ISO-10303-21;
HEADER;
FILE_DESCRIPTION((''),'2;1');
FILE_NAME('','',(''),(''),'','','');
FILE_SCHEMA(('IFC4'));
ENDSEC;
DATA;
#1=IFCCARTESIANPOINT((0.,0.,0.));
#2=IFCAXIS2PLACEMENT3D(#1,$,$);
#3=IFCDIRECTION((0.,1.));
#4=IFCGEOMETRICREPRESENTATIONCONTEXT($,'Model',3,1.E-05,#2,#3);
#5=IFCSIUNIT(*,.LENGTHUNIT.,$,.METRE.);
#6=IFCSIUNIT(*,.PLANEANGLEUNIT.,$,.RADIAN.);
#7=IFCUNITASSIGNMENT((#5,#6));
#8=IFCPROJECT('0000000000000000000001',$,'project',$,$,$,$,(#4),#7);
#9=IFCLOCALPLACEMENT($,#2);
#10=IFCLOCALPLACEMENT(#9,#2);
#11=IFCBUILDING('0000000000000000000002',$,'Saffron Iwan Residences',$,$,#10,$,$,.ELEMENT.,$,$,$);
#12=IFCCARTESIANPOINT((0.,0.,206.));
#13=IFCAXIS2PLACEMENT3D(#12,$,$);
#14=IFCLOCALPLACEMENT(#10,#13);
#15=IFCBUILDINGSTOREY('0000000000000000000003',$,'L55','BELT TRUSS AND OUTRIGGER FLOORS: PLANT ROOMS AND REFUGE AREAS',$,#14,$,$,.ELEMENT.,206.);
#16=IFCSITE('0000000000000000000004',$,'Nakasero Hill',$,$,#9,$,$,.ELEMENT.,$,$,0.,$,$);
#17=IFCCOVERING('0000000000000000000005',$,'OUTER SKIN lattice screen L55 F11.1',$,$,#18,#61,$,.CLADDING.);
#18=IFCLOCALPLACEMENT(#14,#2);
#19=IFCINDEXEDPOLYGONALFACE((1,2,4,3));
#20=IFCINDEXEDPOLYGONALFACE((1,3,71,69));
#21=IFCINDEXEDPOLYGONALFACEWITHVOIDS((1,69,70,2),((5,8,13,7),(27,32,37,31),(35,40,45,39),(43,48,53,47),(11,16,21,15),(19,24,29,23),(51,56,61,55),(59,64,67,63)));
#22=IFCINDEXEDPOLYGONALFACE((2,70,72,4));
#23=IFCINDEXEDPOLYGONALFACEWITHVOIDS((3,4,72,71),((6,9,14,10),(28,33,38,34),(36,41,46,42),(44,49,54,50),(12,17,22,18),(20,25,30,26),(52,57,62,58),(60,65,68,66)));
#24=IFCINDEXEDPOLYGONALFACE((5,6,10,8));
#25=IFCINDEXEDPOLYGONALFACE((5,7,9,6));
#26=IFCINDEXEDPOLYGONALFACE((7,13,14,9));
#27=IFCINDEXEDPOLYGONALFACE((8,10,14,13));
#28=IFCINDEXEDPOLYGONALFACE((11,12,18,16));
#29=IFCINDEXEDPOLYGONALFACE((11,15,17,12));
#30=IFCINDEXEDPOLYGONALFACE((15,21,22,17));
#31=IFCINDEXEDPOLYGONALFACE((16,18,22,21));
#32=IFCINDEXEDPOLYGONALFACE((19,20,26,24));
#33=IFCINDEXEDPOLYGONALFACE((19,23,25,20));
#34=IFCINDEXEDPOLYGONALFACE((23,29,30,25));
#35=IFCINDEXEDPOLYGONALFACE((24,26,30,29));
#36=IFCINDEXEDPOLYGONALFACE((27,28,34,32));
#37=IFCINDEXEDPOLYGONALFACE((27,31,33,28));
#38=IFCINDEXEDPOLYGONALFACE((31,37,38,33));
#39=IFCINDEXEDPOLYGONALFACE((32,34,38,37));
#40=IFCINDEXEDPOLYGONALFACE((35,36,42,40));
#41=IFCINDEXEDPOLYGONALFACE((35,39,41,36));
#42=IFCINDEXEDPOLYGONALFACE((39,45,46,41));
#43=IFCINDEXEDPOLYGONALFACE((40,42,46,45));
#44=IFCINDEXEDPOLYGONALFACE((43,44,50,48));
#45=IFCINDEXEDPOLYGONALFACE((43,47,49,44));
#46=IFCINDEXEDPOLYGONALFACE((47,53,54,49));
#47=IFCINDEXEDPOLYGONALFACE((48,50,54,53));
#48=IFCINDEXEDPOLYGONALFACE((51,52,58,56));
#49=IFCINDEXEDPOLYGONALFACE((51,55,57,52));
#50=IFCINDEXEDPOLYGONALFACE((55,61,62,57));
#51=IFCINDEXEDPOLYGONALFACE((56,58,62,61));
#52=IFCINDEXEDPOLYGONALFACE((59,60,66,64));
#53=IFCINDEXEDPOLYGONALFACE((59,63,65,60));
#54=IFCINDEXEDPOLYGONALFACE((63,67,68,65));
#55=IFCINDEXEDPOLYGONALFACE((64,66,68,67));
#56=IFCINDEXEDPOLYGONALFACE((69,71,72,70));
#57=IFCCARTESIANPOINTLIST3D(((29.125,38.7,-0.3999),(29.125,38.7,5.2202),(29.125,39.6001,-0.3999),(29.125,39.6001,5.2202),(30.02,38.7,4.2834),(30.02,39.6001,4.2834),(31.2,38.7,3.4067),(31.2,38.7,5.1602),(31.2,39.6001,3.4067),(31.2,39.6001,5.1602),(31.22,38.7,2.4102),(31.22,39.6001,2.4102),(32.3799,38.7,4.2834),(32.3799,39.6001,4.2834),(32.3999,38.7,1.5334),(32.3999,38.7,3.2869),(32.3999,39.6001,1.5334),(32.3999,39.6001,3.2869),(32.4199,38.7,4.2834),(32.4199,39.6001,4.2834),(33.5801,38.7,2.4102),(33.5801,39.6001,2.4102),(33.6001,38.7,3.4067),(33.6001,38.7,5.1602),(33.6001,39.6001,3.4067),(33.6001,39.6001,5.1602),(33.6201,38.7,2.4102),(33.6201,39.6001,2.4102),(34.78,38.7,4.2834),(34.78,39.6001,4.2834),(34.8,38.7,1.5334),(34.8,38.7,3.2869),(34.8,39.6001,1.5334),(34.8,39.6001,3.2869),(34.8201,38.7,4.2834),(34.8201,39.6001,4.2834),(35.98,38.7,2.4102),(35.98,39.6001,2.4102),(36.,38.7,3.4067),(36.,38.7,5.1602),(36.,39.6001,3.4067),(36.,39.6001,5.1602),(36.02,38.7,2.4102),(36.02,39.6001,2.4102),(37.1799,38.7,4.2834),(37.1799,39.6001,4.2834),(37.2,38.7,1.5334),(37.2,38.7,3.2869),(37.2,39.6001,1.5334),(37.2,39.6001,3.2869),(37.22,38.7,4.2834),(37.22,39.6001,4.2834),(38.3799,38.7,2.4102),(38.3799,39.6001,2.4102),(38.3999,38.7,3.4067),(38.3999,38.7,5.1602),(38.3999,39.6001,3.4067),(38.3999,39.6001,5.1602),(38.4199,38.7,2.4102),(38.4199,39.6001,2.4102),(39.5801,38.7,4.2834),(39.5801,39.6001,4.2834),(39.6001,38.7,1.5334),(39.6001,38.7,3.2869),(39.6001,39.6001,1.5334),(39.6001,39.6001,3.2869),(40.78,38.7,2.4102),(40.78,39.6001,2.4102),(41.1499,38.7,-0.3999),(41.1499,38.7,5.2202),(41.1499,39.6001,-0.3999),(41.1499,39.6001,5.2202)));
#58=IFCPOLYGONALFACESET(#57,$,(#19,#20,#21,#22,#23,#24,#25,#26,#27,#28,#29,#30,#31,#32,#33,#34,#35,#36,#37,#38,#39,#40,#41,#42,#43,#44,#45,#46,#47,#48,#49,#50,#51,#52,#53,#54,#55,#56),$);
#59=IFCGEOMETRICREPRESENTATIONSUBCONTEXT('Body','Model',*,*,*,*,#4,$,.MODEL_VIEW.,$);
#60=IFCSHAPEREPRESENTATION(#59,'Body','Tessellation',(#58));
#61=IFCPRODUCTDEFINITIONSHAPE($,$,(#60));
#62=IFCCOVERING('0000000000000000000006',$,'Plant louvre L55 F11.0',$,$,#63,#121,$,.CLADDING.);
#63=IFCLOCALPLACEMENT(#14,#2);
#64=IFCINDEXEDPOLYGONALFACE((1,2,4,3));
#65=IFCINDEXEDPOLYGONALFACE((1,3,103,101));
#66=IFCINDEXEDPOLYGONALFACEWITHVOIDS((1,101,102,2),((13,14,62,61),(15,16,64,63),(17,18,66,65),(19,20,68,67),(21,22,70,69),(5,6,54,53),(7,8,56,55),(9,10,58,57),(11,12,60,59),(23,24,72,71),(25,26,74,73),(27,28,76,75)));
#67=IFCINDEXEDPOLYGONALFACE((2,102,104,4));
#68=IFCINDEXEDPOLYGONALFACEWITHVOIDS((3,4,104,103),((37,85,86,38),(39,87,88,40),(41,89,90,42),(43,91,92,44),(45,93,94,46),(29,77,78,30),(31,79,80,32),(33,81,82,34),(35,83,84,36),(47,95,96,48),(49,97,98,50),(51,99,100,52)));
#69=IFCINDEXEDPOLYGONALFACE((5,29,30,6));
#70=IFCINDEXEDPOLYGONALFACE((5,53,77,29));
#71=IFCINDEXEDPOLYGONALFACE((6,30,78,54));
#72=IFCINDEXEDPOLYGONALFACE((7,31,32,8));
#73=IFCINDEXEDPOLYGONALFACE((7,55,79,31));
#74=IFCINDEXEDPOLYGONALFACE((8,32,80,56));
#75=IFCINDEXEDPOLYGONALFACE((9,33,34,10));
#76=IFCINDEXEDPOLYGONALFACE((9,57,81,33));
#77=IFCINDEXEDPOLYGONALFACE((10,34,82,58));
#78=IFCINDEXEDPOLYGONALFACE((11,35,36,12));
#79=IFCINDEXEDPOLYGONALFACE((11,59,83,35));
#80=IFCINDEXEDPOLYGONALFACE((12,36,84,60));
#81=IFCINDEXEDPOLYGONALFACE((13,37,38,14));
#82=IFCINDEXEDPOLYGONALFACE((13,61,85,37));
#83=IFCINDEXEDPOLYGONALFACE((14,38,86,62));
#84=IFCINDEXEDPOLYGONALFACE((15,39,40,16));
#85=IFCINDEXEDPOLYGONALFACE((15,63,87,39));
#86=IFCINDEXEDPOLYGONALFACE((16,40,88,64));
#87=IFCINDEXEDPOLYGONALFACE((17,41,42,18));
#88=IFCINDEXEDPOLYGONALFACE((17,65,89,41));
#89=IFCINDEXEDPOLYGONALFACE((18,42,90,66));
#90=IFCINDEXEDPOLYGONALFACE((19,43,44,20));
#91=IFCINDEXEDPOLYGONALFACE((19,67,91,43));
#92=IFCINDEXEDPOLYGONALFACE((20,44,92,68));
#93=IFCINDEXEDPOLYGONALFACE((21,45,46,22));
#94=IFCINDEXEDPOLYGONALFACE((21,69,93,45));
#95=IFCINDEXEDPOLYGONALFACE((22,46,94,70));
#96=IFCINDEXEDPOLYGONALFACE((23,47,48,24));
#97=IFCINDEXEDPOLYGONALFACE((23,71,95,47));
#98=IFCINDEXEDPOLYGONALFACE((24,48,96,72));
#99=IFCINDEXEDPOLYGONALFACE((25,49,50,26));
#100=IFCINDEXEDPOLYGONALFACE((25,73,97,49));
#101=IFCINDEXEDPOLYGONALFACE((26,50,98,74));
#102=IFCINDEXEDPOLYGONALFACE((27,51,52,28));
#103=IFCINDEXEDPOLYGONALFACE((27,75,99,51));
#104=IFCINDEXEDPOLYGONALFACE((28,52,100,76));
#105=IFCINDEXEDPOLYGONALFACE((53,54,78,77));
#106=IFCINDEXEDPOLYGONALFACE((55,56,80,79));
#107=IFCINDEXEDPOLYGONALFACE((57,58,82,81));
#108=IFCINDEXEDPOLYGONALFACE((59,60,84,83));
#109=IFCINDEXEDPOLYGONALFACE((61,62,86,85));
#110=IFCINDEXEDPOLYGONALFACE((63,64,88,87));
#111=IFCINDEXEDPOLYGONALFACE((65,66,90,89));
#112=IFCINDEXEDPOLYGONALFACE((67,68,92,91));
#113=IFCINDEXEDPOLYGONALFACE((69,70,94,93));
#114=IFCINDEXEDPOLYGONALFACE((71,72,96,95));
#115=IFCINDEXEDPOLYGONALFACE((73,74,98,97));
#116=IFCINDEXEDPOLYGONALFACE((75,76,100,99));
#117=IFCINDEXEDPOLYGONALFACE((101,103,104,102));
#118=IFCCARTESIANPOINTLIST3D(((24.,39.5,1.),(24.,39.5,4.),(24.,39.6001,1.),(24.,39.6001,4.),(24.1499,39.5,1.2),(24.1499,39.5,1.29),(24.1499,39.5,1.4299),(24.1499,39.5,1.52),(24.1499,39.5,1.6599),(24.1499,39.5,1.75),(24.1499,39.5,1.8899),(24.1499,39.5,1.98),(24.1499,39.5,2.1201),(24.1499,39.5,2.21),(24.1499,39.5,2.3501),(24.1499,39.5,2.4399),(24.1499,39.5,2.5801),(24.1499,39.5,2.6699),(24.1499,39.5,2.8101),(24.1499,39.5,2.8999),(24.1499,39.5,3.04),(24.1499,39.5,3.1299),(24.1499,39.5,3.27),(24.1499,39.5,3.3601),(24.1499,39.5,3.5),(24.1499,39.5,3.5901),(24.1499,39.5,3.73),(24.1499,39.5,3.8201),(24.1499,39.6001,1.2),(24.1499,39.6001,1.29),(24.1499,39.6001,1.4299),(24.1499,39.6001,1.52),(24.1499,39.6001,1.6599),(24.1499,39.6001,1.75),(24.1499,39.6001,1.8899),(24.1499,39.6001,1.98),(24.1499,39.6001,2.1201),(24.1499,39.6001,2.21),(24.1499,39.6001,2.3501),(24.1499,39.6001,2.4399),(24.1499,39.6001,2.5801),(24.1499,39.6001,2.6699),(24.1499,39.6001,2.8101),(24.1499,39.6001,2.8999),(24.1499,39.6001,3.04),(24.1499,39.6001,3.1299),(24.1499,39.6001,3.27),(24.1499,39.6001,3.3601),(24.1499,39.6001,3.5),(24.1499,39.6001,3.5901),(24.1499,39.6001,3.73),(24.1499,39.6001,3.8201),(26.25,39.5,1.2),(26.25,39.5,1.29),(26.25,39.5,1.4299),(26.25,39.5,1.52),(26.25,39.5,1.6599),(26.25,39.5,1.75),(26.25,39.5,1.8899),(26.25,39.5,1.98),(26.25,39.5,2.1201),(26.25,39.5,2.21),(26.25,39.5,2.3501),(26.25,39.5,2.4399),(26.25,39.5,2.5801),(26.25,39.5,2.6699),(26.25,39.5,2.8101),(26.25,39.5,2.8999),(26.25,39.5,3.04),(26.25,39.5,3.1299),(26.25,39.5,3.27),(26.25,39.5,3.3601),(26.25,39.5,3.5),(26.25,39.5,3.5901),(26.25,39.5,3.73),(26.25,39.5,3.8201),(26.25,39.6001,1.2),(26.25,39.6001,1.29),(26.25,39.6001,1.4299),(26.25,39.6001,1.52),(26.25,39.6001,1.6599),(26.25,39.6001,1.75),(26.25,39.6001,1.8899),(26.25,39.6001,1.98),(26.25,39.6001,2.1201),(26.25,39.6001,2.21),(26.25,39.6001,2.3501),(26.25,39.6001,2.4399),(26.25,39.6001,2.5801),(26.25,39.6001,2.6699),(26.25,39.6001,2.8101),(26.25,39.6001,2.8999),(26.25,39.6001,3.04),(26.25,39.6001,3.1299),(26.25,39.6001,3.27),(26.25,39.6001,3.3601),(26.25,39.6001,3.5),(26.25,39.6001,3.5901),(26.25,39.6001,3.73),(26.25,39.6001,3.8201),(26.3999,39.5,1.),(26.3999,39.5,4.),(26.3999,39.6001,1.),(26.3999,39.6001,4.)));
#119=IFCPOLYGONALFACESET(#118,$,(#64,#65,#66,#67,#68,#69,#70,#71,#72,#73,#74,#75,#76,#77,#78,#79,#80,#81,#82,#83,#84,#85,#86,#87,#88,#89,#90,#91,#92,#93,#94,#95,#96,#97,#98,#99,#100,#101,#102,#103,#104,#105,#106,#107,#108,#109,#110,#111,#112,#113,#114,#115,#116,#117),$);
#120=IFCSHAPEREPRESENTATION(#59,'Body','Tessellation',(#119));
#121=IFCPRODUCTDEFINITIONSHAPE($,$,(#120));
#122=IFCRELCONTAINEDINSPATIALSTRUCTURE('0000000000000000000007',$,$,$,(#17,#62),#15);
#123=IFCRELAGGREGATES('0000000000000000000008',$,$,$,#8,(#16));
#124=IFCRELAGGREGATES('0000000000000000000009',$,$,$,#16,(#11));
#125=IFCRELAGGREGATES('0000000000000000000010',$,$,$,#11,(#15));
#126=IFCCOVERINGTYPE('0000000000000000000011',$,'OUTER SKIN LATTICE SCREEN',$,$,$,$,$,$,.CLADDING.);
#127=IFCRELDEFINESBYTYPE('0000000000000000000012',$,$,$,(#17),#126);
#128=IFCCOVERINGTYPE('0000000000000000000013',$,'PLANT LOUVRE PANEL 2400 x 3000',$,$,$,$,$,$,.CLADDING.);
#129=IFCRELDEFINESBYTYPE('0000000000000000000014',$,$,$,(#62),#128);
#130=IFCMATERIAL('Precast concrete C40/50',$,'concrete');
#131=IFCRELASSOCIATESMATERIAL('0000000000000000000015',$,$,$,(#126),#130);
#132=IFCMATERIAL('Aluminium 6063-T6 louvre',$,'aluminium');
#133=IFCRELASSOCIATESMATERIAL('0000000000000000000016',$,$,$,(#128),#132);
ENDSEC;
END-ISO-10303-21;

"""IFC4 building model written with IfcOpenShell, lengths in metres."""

from ifc_helpers import new_model, si_unit, direction, frame, origin, place, context, subcontext, project, spatial, polyline, outline, extrude, material, type_object, element, save


model = new_model("IFC4")

# Units and contexts
model_context = context("Model", 3, precision=1e-05, world=origin(), true_north=direction((0.0, 1.0)))
body_context = subcontext(model_context, "Body", "Model", "MODEL_VIEW")
ifc_project = project(units=[si_unit("LENGTHUNIT", "METRE"), si_unit("PLANEANGLEUNIT", "RADIAN")], contexts=[model_context])

# Site, building, storey
site_placement = place(None, origin())
site = spatial("IfcSite", under=ifc_project, at=site_placement, Name="Nakasero Hill", CompositionType="ELEMENT", RefElevation=0.0)
building_placement = place(site_placement, origin())
building = spatial("IfcBuilding", under=site, at=building_placement, Name="Saffron Iwan Residences", CompositionType="ELEMENT")
storey_placement = place(building_placement, frame((0.0, 0.0, 206.0)))
storey = spatial("IfcBuildingStorey", under=building, at=storey_placement, Name="L55", Description="BELT TRUSS AND OUTRIGGER FLOORS: PLANT ROOMS AND REFUGE AREAS", CompositionType="ELEMENT", Elevation=206.0)

# Coverings
ifc_material_1 = material(Name="Precast concrete C40/50", Category="concrete")
covering_type_1 = type_object("IfcCoveringType", Name="OUTER SKIN LATTICE SCREEN", PredefinedType="CLADDING", material=ifc_material_1)
covering_1_placement = place(storey_placement, frame((29.125, 39.6001, -0.3999), z_axis=(0.0, -1.0, 0.0), x_axis=(1.0, 0.0, 0.0)))
element("IfcCovering", 1, at=covering_1_placement, inside=storey, type_object=covering_type_1, Name="OUTER SKIN lattice screen L55 F11.1", PredefinedType="CLADDING", context=body_context, shape_type="SweptSolid", body=[
    extrude(outline(polyline([(0.0, 0.0), (12.0249, 0.0), (12.0249, 5.6201), (0.0, 5.6201), (0.0, 0.0)]), holes=[polyline([(2.095, 2.8101), (3.2749, 1.9333), (4.4551, 2.8101), (3.2749, 3.6868), (2.095, 2.8101)]), polyline([(4.4951, 2.8101), (5.675, 1.9333), (6.855, 2.8101), (5.675, 3.6868), (4.4951, 2.8101)]), polyline([(6.895, 2.8101), (8.075, 1.9333), (9.2549, 2.8101), (8.075, 3.6868), (6.895, 2.8101)]), polyline([(9.2949, 2.8101), (10.4751, 1.9333), (11.655, 2.8101), (10.4751, 3.6868), (9.2949, 2.8101)]), polyline([(0.895, 4.6833), (2.075, 3.8066), (3.2549, 4.6833), (2.075, 5.5601), (0.895, 4.6833)]), polyline([(3.2949, 4.6833), (4.4751, 3.8066), (5.655, 4.6833), (4.4751, 5.5601), (3.2949, 4.6833)]), polyline([(5.6951, 4.6833), (6.875, 3.8066), (8.0549, 4.6833), (6.875, 5.5601), (5.6951, 4.6833)]), polyline([(8.095, 4.6833), (9.2749, 3.8066), (10.4551, 4.6833), (9.2749, 5.5601), (8.095, 4.6833)])]), origin(), (0.0, 0.0, 1.0), 0.9001),
])
ifc_material_2 = material(Name="Aluminium 6063-T6 louvre", Category="aluminium")
covering_type_2 = type_object("IfcCoveringType", Name="PLANT LOUVRE PANEL 2400 x 3000", PredefinedType="CLADDING", material=ifc_material_2)
covering_2_placement = place(storey_placement, frame((24.0, 39.6001, 1.0), z_axis=(0.0, -1.0, 0.0), x_axis=(1.0, 0.0, 0.0)))
element("IfcCovering", 2, at=covering_2_placement, inside=storey, type_object=covering_type_2, Name="Plant louvre L55 F11.0", PredefinedType="CLADDING", context=body_context, shape_type="SweptSolid", body=[
    extrude(outline(polyline([(0.0, 0.0), (2.3999, 0.0), (2.3999, 3.0), (0.0, 3.0), (0.0, 0.0)]), holes=[polyline([(0.1499, 0.2), (2.25, 0.2), (2.25, 0.29), (0.1499, 0.29), (0.1499, 0.2)]), polyline([(0.1499, 0.4299), (2.25, 0.4299), (2.25, 0.52), (0.1499, 0.52), (0.1499, 0.4299)]), polyline([(0.1499, 0.6599), (2.25, 0.6599), (2.25, 0.75), (0.1499, 0.75), (0.1499, 0.6599)]), polyline([(0.1499, 0.8899), (2.25, 0.8899), (2.25, 0.98), (0.1499, 0.98), (0.1499, 0.8899)]), polyline([(0.1499, 1.1201), (2.25, 1.1201), (2.25, 1.21), (0.1499, 1.21), (0.1499, 1.1201)]), polyline([(0.1499, 1.3501), (2.25, 1.3501), (2.25, 1.4399), (0.1499, 1.4399), (0.1499, 1.3501)]), polyline([(0.1499, 1.5801), (2.25, 1.5801), (2.25, 1.6699), (0.1499, 1.6699), (0.1499, 1.5801)]), polyline([(0.1499, 1.8101), (2.25, 1.8101), (2.25, 1.8999), (0.1499, 1.8999), (0.1499, 1.8101)]), polyline([(0.1499, 2.04), (2.25, 2.04), (2.25, 2.1299), (0.1499, 2.1299), (0.1499, 2.04)]), polyline([(0.1499, 2.27), (2.25, 2.27), (2.25, 2.3601), (0.1499, 2.3601), (0.1499, 2.27)]), polyline([(0.1499, 2.5), (2.25, 2.5), (2.25, 2.5901), (0.1499, 2.5901), (0.1499, 2.5)]), polyline([(0.1499, 2.73), (2.25, 2.73), (2.25, 2.8201), (0.1499, 2.8201), (0.1499, 2.73)])]), origin(), (0.0, 0.0, 1.0), 0.1001),
])

save(model, "model.ifc")
